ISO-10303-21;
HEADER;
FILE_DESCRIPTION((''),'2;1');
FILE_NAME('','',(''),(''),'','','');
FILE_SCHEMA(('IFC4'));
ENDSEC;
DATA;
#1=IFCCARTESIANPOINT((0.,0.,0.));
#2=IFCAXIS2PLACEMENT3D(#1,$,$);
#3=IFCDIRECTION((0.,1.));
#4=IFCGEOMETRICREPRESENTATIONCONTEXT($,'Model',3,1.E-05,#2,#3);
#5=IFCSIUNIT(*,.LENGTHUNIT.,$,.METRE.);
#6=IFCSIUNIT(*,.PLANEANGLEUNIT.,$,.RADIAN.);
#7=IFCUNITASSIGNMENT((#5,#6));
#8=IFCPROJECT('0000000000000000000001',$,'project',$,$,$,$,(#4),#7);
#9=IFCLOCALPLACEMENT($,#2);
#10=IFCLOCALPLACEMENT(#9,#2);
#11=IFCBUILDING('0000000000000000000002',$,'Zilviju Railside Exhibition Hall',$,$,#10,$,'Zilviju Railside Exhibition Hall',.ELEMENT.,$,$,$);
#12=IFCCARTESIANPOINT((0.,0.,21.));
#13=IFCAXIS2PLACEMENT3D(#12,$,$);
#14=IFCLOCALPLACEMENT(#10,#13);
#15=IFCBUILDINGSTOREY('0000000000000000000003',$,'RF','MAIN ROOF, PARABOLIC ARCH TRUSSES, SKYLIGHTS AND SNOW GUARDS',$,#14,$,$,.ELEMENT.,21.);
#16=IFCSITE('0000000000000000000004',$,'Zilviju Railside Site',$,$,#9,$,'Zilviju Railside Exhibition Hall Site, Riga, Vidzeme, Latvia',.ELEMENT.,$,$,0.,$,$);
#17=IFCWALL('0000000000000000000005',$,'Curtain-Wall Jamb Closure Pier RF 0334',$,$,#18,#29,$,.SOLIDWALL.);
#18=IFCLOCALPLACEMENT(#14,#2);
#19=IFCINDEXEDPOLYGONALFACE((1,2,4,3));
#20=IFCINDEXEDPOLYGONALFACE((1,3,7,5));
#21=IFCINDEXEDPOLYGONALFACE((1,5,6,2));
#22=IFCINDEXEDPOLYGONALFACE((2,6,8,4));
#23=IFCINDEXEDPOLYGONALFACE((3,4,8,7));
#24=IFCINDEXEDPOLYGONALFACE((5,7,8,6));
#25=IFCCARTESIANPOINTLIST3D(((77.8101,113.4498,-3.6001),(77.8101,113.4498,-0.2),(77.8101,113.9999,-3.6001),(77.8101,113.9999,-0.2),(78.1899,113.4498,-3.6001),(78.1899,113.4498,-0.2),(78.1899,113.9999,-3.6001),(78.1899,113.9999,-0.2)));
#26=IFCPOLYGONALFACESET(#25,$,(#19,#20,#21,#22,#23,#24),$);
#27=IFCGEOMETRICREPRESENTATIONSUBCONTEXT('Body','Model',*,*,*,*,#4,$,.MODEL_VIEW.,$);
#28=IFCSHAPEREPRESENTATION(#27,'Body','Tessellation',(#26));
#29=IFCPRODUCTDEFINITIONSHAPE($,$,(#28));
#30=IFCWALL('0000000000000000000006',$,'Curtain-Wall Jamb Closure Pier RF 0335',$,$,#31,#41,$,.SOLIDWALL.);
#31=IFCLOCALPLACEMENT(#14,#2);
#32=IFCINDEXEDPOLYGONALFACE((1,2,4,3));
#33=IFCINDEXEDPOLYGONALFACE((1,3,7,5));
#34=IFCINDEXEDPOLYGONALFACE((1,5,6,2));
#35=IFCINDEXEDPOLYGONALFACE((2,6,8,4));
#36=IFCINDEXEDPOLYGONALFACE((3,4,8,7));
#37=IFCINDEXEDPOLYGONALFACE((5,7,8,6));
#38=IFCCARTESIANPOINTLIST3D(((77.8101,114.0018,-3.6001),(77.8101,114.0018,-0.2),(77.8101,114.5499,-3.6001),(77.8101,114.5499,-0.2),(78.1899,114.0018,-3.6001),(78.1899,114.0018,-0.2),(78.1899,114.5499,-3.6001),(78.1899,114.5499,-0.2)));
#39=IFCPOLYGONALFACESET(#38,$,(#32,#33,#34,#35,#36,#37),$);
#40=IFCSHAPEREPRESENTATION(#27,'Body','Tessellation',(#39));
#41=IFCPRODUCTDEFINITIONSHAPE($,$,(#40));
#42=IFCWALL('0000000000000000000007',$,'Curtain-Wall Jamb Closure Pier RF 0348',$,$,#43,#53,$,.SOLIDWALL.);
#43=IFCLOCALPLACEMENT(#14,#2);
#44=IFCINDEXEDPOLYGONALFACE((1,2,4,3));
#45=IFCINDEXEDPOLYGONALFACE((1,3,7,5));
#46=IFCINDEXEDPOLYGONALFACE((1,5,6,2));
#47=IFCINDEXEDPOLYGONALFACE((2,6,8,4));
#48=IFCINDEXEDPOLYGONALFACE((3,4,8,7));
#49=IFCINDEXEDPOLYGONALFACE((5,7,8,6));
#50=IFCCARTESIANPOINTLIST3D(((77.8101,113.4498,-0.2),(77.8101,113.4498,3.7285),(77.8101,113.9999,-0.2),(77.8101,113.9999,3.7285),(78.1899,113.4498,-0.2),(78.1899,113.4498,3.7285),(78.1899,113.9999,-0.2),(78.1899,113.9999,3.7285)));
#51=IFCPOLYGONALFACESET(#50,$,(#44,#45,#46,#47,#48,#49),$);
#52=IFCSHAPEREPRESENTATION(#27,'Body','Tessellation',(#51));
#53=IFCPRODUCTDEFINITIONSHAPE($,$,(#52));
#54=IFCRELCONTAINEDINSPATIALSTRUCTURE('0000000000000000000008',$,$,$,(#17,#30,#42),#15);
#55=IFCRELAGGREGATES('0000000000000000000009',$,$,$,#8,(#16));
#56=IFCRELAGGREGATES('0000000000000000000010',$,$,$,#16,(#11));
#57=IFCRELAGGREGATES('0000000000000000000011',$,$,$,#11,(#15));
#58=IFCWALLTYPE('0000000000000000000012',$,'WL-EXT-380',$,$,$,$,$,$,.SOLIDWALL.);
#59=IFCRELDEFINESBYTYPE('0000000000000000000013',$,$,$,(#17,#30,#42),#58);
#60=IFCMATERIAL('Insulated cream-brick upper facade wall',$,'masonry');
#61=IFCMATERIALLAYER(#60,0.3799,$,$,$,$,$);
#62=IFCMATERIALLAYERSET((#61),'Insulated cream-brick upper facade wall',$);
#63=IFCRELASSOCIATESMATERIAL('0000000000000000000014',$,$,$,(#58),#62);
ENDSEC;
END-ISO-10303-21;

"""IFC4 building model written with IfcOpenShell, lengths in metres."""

from ifc_helpers import new_model, si_unit, direction, frame, frame_2d, origin, place, context, subcontext, project, spatial, rectangle, extrude, material, layer, layer_set, type_object, element, save


model = new_model("IFC4")

# Units and contexts
model_context = context("Model", 3, precision=1e-05, world=origin(), true_north=direction((0.0, 1.0)))
body_context = subcontext(model_context, "Body", "Model", "MODEL_VIEW")
ifc_project = project(units=[si_unit("LENGTHUNIT", "METRE"), si_unit("PLANEANGLEUNIT", "RADIAN")], contexts=[model_context])

# Site, building, storey
site_placement = place(None, origin())
site = spatial("IfcSite", under=ifc_project, at=site_placement, Name="Zilviju Railside Site", LongName="Zilviju Railside Exhibition Hall Site, Riga, Vidzeme, Latvia", CompositionType="ELEMENT", RefElevation=0.0)
building_placement = place(site_placement, origin())
building = spatial("IfcBuilding", under=site, at=building_placement, Name="Zilviju Railside Exhibition Hall", LongName="Zilviju Railside Exhibition Hall", CompositionType="ELEMENT")
storey_placement = place(building_placement, frame((0.0, 0.0, 21.0)))
storey = spatial("IfcBuildingStorey", under=building, at=storey_placement, Name="RF", Description="MAIN ROOF, PARABOLIC ARCH TRUSSES, SKYLIGHTS AND SNOW GUARDS", CompositionType="ELEMENT", Elevation=21.0)

# Walls
ifc_material_1 = material(Name="Insulated cream-brick upper facade wall", Category="masonry")
ifc_layer_1 = layer(ifc_material_1, 0.3799)
ifc_layer_set_1 = layer_set([ifc_layer_1], Name="Insulated cream-brick upper facade wall")
wall_type = type_object("IfcWallType", Name="WL-EXT-380", PredefinedType="SOLIDWALL", material=ifc_layer_set_1)
wall_1_placement = place(storey_placement, frame((78.0, 113.45, -3.6001), z_axis=(0.0, 0.0, 1.0), x_axis=(0.0, 1.0, 0.0)))
element("IfcWall", 1, at=wall_1_placement, inside=storey, type_object=wall_type, Name="Curtain-Wall Jamb Closure Pier RF 0334", PredefinedType="SOLIDWALL", context=body_context, shape_type="SweptSolid", body=[
    extrude(rectangle(XDim=0.55, YDim=0.3799, at=frame_2d((0.2749, 0.0))), origin(), (0.0, 0.0, 1.0), 3.4001),
])
wall_2_placement = place(storey_placement, frame((78.0, 114.002, -3.6001), z_axis=(0.0, 0.0, 1.0), x_axis=(0.0, 1.0, 0.0)))
element("IfcWall", 2, at=wall_2_placement, inside=storey, type_object=wall_type, Name="Curtain-Wall Jamb Closure Pier RF 0335", PredefinedType="SOLIDWALL", context=body_context, shape_type="SweptSolid", body=[
    extrude(rectangle(XDim=0.5481, YDim=0.3799, at=frame_2d((0.2739, 0.0))), origin(), (0.0, 0.0, 1.0), 3.4001),
])
wall_3_placement = place(storey_placement, frame((78.0, 113.45, -0.2), z_axis=(0.0, 0.0, 1.0), x_axis=(0.0, 1.0, 0.0)))
element("IfcWall", 3, at=wall_3_placement, inside=storey, type_object=wall_type, Name="Curtain-Wall Jamb Closure Pier RF 0348", PredefinedType="SOLIDWALL", context=body_context, shape_type="SweptSolid", body=[
    extrude(rectangle(XDim=0.55, YDim=0.3799, at=frame_2d((0.2749, 0.0))), origin(), (0.0, 0.0, 1.0), 3.9285),
])

save(model, "model.ifc")
